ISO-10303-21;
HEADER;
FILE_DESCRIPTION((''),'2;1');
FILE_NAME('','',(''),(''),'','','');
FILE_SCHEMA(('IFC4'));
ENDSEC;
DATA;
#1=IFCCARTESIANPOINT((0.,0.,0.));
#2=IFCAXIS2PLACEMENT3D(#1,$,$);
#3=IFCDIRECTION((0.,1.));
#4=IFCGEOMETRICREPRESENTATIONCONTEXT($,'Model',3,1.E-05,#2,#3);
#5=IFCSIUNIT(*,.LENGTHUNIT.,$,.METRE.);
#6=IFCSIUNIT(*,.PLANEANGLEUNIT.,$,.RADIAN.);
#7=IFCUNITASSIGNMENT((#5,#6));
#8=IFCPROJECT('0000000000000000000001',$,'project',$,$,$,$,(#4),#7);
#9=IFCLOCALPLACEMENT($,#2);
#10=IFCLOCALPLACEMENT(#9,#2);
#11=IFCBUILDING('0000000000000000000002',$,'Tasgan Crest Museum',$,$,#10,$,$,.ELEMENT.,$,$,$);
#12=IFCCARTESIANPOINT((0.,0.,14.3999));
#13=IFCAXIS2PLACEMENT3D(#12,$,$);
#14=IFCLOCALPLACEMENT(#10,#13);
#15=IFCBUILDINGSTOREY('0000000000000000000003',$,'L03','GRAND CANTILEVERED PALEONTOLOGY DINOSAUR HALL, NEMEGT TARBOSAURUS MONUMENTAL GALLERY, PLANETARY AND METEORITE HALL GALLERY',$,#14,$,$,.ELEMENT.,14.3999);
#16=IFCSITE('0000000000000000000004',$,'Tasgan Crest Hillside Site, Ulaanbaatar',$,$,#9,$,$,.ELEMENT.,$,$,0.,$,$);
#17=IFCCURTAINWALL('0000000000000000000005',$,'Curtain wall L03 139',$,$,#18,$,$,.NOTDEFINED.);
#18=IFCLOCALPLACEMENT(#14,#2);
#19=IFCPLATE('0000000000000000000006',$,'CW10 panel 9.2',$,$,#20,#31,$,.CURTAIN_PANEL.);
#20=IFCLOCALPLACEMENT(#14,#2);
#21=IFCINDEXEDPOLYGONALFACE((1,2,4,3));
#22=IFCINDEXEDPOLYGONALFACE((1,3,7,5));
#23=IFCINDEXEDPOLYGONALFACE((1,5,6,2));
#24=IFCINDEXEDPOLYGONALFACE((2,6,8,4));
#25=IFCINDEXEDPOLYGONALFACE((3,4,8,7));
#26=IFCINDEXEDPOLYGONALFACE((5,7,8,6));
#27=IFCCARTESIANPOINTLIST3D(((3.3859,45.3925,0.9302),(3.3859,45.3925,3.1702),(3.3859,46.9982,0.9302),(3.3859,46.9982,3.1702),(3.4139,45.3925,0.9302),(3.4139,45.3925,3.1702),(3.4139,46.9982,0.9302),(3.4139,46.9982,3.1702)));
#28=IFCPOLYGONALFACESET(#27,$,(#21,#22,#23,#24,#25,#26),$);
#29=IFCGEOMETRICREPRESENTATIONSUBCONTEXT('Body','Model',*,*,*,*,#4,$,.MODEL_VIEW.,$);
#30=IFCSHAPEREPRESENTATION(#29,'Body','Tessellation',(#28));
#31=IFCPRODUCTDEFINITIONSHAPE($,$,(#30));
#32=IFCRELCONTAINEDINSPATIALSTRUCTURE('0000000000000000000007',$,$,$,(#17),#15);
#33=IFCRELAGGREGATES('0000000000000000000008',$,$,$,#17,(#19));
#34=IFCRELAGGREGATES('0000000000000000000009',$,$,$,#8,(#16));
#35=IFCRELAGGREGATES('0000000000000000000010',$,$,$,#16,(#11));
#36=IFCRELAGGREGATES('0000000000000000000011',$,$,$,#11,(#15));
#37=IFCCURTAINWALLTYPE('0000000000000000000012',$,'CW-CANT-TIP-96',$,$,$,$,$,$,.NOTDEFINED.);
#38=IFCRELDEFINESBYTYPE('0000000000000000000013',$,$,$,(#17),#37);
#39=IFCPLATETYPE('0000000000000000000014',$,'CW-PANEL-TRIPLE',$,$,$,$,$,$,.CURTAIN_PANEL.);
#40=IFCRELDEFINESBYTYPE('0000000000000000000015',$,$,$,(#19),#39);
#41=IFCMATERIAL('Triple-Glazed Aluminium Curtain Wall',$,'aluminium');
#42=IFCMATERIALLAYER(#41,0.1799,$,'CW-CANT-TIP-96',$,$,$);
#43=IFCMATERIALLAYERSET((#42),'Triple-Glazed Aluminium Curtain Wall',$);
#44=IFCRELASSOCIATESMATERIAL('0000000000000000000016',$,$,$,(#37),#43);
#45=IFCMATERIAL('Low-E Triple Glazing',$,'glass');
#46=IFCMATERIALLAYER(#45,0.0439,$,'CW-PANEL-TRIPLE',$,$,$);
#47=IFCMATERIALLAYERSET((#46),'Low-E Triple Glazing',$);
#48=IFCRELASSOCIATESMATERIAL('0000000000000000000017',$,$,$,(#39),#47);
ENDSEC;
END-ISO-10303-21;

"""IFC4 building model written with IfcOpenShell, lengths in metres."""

from ifc_helpers import new_model, si_unit, direction, frame, origin, origin_2d, place, context, subcontext, project, spatial, rectangle, extrude, material, layer, layer_set, type_object, element, aggregate, save


model = new_model("IFC4")

# Units and contexts
model_context = context("Model", 3, precision=1e-05, world=origin(), true_north=direction((0.0, 1.0)))
body_context = subcontext(model_context, "Body", "Model", "MODEL_VIEW")
ifc_project = project(units=[si_unit("LENGTHUNIT", "METRE"), si_unit("PLANEANGLEUNIT", "RADIAN")], contexts=[model_context])

# Site, building, storey
site_placement = place(None, origin())
site = spatial("IfcSite", under=ifc_project, at=site_placement, Name="Tasgan Crest Hillside Site, Ulaanbaatar", CompositionType="ELEMENT", RefElevation=0.0)
building_placement = place(site_placement, origin())
building = spatial("IfcBuilding", under=site, at=building_placement, Name="Tasgan Crest Museum", CompositionType="ELEMENT")
storey_placement = place(building_placement, frame((0.0, 0.0, 14.3999)))
storey = spatial("IfcBuildingStorey", under=building, at=storey_placement, Name="L03", Description="GRAND CANTILEVERED PALEONTOLOGY DINOSAUR HALL, NEMEGT TARBOSAURUS MONUMENTAL GALLERY, PLANETARY AND METEORITE HALL GALLERY", CompositionType="ELEMENT", Elevation=14.3999)

# Curtain wall
ifc_material_1 = material(Name="Triple-Glazed Aluminium Curtain Wall", Category="aluminium")
ifc_layer_1 = layer(ifc_material_1, 0.1799, Name="CW-CANT-TIP-96")
ifc_layer_set_1 = layer_set([ifc_layer_1], Name="Triple-Glazed Aluminium Curtain Wall")
curtain_wall_type = type_object("IfcCurtainWallType", Name="CW-CANT-TIP-96", PredefinedType="NOTDEFINED", material=ifc_layer_set_1)
curtain_wall_1_placement = place(storey_placement, origin())
curtain_wall_1 = element("IfcCurtainWall", 1, at=curtain_wall_1_placement, inside=storey, type_object=curtain_wall_type, Name="Curtain wall L03 139", PredefinedType="NOTDEFINED")

# Plate
ifc_material_2 = material(Name="Low-E Triple Glazing", Category="glass")
ifc_layer_2 = layer(ifc_material_2, 0.0439, Name="CW-PANEL-TRIPLE")
ifc_layer_set_2 = layer_set([ifc_layer_2], Name="Low-E Triple Glazing")
plate_type_1 = type_object("IfcPlateType", Name="CW-PANEL-TRIPLE", PredefinedType="CURTAIN_PANEL", material=ifc_layer_set_2)
plate_1_placement = place(storey_placement, frame((3.3999, 46.1953, 0.9302), z_axis=(0.0, 0.0, 1.0), x_axis=(0.0, -1.0, 0.0)))
plate_1 = element("IfcPlate", 2, at=plate_1_placement, type_object=plate_type_1, Name="CW10 panel 9.2", PredefinedType="CURTAIN_PANEL", context=body_context, shape_type="SweptSolid", body=[
    extrude(rectangle(XDim=1.6057, YDim=0.0281, at=origin_2d()), origin(), (0.0, 0.0, 1.0), 2.24),
])
aggregate(curtain_wall_1, [plate_1])

save(model, "model.ifc")
